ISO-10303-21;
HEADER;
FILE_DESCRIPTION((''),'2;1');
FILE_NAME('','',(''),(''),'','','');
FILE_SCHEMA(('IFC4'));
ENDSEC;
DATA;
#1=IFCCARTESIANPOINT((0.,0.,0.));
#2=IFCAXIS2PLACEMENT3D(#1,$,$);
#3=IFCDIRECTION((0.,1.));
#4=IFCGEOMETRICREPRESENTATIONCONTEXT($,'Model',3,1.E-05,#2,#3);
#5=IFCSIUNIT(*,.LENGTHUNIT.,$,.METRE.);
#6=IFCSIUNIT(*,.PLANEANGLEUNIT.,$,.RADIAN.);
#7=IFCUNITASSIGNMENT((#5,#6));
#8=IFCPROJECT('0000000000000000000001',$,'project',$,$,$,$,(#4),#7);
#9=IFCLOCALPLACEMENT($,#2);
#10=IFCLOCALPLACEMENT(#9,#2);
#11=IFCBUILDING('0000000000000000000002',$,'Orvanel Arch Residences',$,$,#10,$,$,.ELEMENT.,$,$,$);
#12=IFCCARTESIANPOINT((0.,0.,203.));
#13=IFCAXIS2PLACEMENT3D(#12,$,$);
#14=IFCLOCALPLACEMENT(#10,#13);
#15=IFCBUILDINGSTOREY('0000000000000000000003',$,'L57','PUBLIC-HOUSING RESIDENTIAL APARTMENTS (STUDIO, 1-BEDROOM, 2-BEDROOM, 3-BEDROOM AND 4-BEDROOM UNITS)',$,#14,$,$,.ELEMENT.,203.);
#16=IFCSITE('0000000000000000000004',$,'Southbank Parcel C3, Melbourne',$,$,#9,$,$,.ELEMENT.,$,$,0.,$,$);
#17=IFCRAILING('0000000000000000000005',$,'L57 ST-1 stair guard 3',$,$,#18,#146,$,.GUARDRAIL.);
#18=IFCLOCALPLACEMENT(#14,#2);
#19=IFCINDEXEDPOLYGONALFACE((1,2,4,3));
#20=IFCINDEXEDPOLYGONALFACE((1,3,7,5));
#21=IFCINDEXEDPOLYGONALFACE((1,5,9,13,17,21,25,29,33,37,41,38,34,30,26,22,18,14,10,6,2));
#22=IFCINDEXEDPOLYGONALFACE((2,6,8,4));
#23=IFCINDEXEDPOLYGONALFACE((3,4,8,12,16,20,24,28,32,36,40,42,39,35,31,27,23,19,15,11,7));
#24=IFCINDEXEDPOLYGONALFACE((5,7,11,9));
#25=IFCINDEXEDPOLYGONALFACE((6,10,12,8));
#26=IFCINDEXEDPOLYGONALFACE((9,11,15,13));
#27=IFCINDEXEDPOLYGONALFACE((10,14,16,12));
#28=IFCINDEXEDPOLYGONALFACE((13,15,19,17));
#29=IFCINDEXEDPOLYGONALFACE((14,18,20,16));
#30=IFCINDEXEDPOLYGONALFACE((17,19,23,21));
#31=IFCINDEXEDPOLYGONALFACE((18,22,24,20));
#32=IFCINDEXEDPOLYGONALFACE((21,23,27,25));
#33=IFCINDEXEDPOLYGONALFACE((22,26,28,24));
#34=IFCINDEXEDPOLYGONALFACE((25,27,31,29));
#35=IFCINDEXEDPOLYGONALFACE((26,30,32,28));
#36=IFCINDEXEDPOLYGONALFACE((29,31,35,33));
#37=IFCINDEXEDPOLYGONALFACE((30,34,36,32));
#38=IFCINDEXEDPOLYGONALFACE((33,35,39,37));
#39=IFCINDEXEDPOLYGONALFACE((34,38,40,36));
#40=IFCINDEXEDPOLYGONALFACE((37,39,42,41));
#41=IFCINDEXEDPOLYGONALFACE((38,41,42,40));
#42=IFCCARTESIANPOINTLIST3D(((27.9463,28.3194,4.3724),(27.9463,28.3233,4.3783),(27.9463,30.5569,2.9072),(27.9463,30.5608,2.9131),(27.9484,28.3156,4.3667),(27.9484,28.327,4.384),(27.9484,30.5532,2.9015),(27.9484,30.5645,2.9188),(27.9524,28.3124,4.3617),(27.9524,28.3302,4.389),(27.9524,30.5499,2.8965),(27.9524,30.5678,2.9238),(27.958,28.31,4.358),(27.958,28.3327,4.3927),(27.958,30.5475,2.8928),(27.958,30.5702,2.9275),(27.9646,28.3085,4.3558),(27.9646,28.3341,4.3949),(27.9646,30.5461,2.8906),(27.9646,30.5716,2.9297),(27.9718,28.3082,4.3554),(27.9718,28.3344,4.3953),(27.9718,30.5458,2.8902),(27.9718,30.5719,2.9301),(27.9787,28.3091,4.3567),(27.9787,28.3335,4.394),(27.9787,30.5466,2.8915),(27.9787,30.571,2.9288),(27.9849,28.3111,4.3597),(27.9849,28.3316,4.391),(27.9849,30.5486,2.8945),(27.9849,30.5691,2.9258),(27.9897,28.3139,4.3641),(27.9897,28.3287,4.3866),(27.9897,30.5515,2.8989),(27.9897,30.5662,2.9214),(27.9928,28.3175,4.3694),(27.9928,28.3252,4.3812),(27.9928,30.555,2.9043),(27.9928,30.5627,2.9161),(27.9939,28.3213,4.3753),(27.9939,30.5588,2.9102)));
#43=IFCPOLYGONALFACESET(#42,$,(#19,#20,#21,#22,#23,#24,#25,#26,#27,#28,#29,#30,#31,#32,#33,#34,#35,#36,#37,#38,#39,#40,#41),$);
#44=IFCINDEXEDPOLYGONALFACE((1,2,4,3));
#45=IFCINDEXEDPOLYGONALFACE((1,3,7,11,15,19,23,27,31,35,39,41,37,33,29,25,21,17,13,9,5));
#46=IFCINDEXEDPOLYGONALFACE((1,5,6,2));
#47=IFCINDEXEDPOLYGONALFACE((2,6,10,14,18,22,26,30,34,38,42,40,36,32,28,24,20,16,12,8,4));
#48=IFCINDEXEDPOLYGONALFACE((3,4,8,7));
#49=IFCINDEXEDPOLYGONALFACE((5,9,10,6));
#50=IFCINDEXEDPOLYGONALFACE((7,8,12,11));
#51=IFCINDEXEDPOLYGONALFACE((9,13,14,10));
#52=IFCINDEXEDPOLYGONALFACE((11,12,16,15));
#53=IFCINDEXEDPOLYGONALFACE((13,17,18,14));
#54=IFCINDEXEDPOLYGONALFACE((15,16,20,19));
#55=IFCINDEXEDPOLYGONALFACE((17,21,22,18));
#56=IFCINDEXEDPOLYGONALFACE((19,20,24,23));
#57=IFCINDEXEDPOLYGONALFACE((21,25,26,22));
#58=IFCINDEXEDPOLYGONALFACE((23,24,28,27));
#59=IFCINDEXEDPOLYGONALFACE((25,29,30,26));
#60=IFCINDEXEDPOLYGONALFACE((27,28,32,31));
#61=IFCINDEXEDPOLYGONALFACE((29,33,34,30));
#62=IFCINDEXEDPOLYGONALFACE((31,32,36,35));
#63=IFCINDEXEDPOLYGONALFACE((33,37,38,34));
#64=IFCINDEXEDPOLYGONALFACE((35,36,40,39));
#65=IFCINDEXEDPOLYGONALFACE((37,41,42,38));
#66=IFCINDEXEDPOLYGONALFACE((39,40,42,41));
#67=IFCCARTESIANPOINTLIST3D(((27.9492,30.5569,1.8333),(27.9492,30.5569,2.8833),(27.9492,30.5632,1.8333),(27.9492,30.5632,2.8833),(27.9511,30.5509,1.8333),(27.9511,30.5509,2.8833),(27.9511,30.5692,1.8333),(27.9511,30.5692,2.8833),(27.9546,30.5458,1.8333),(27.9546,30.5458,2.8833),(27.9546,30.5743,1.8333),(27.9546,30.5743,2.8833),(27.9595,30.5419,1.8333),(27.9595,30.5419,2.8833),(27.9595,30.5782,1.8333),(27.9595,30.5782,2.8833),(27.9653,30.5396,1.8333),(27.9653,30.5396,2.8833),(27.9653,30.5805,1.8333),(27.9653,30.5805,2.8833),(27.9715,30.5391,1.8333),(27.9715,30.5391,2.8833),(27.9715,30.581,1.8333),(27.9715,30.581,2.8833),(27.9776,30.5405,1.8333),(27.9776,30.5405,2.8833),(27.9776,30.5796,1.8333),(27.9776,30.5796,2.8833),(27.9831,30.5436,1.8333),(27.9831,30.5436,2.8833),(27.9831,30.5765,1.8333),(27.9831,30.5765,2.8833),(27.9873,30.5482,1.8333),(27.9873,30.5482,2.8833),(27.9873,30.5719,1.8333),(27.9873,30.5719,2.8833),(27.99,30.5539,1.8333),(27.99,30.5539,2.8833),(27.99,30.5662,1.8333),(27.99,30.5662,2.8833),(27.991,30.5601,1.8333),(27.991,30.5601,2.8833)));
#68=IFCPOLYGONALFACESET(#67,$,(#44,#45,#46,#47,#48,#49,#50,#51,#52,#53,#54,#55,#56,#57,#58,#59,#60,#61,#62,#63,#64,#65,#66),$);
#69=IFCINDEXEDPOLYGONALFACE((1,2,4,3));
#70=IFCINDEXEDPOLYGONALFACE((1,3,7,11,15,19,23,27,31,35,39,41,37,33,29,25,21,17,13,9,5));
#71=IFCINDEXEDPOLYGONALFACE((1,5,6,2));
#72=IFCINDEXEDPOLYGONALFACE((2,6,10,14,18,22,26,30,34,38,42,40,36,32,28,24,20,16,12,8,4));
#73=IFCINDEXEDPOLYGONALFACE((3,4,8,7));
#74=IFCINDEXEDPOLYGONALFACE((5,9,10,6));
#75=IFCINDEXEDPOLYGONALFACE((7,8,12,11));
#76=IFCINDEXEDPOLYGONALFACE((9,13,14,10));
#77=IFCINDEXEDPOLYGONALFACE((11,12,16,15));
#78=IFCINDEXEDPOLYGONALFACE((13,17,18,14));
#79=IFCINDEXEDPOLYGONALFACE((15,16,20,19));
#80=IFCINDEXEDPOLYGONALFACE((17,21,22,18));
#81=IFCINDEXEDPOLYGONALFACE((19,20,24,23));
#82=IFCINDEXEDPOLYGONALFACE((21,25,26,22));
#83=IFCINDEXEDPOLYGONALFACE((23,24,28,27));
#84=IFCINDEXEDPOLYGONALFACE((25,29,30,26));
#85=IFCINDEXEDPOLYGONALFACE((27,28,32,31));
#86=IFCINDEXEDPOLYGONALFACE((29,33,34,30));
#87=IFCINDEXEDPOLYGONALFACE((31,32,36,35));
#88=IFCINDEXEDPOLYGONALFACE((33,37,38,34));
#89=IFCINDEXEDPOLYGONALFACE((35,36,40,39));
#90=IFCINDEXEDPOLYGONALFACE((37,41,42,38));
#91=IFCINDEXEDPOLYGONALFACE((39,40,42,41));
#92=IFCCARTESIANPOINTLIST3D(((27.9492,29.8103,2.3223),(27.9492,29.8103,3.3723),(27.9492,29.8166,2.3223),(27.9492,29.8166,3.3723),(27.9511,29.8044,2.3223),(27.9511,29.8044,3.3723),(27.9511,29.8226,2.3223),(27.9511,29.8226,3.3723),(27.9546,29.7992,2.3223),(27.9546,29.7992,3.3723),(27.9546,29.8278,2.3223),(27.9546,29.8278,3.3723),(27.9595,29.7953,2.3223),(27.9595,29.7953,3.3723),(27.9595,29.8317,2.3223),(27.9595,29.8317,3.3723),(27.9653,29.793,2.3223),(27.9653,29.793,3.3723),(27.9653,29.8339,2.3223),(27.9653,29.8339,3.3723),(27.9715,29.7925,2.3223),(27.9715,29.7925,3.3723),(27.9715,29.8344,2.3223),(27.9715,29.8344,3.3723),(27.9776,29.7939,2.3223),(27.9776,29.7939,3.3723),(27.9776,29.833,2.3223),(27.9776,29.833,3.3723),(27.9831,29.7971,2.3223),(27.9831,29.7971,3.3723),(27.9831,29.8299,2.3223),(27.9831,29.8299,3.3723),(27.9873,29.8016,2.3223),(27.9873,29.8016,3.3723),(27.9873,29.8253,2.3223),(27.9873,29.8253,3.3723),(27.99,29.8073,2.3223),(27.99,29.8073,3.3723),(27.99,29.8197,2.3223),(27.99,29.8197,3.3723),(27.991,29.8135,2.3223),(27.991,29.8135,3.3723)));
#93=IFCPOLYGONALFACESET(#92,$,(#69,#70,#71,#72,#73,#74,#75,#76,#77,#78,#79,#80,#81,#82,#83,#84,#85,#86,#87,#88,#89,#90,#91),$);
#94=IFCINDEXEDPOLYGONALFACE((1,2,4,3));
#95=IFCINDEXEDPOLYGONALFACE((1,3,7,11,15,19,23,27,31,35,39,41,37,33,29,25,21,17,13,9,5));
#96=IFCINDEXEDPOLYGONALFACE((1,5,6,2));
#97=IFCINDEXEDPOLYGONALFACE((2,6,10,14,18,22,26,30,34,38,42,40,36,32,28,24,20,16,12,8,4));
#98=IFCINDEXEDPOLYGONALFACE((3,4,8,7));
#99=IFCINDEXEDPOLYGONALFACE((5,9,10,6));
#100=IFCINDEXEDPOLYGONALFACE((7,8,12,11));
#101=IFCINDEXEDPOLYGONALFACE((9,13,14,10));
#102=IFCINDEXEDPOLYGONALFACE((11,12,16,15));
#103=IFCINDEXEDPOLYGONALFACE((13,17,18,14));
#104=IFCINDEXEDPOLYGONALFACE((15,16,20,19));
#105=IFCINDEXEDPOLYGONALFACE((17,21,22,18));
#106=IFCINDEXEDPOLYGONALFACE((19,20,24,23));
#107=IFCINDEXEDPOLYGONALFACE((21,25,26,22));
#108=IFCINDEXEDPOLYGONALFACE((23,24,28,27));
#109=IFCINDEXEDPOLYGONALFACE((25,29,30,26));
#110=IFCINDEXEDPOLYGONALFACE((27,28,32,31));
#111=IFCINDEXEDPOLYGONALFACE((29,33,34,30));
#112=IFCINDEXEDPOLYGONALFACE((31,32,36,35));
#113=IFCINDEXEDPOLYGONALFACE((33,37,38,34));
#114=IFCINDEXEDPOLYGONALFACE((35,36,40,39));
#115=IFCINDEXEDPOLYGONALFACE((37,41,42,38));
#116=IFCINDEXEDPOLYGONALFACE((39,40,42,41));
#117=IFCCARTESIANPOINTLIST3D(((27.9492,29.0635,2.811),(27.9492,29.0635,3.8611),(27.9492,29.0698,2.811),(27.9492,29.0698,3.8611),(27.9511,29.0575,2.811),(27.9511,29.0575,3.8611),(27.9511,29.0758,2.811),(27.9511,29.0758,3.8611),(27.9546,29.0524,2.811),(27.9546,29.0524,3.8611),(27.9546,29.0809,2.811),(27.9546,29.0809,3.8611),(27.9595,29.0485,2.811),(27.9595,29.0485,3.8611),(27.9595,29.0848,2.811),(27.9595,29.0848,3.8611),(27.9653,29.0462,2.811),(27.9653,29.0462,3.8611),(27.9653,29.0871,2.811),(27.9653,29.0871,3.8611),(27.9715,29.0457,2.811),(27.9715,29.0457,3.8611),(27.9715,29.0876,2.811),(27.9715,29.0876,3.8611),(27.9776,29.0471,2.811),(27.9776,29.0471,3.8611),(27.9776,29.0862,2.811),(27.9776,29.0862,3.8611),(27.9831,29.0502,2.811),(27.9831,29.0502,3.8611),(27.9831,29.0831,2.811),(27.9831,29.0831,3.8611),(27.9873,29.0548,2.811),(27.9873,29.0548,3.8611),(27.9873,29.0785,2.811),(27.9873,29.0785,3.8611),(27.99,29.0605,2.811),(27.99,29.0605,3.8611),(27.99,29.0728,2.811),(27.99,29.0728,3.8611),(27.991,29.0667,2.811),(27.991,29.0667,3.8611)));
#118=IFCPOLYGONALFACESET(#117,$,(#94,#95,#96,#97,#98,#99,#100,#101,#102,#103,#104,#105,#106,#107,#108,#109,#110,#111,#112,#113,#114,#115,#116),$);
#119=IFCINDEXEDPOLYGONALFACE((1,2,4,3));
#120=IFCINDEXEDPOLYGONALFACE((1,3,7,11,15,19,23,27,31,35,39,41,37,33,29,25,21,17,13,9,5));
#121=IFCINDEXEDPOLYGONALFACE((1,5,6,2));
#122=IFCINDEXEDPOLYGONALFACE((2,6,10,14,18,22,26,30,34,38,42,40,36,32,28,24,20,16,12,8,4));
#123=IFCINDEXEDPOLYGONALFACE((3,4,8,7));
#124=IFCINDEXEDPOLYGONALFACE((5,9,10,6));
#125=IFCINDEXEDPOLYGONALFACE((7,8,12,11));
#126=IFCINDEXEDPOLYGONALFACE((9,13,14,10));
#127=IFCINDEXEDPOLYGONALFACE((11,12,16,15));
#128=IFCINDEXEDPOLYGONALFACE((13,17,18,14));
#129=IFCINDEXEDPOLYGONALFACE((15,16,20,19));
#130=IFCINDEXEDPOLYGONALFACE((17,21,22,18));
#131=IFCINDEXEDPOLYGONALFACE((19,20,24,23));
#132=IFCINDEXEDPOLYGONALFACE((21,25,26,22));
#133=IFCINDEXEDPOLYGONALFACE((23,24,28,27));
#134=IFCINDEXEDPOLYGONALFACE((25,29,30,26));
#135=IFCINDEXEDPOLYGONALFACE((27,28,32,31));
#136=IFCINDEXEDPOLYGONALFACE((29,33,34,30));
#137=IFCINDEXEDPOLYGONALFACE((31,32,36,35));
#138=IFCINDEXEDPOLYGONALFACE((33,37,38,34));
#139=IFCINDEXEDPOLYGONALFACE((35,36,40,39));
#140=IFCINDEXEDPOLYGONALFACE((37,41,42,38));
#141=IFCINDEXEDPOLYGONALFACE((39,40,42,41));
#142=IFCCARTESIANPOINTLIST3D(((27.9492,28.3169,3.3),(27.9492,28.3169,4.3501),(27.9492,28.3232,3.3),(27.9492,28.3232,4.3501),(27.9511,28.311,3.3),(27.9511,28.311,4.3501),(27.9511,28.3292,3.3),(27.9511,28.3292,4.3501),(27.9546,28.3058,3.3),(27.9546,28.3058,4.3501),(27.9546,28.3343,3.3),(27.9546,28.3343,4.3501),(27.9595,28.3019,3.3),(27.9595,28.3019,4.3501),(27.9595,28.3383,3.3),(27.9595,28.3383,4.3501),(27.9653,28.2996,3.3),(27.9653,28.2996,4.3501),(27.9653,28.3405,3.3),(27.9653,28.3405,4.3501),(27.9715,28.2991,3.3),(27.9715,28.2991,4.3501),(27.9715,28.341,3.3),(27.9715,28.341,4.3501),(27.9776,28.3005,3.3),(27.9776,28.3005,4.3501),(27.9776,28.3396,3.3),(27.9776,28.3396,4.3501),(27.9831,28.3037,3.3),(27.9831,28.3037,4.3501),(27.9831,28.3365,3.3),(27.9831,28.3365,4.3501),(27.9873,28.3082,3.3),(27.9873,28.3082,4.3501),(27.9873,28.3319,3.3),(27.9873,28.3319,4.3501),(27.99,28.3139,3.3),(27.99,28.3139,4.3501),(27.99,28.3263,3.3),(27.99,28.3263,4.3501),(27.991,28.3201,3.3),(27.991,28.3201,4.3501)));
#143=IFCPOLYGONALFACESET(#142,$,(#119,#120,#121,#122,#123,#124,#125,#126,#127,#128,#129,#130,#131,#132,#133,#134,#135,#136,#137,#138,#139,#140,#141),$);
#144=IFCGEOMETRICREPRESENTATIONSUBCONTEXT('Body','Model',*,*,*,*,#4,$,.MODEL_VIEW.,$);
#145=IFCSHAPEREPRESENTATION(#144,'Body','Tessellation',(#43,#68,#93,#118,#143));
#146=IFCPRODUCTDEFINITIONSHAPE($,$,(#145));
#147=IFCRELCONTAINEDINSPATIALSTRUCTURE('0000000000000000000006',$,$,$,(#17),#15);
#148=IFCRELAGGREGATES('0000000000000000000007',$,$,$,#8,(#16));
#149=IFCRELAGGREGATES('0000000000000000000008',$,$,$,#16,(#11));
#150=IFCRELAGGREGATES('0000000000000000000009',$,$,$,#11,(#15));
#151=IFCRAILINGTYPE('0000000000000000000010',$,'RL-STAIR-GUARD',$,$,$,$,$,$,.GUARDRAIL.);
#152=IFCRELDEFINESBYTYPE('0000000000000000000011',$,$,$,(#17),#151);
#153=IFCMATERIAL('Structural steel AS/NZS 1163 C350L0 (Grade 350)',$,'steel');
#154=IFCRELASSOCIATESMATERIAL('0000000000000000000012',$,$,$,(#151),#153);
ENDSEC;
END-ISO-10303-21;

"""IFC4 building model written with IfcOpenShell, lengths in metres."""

from ifc_helpers import new_model, si_unit, direction, frame, origin, origin_2d, place, context, subcontext, project, spatial, circle, extrude, material, type_object, element, save


model = new_model("IFC4")

# Units and contexts
model_context = context("Model", 3, precision=1e-05, world=origin(), true_north=direction((0.0, 1.0)))
body_context = subcontext(model_context, "Body", "Model", "MODEL_VIEW")
ifc_project = project(units=[si_unit("LENGTHUNIT", "METRE"), si_unit("PLANEANGLEUNIT", "RADIAN")], contexts=[model_context])

# Site, building, storey
site_placement = place(None, origin())
site = spatial("IfcSite", under=ifc_project, at=site_placement, Name="Southbank Parcel C3, Melbourne", CompositionType="ELEMENT", RefElevation=0.0)
building_placement = place(site_placement, origin())
building = spatial("IfcBuilding", under=site, at=building_placement, Name="Orvanel Arch Residences", CompositionType="ELEMENT")
storey_placement = place(building_placement, frame((0.0, 0.0, 203.0)))
storey = spatial("IfcBuildingStorey", under=building, at=storey_placement, Name="L57", Description="PUBLIC-HOUSING RESIDENTIAL APARTMENTS (STUDIO, 1-BEDROOM, 2-BEDROOM, 3-BEDROOM AND 4-BEDROOM UNITS)", CompositionType="ELEMENT", Elevation=203.0)

# Railing
ifc_material_1 = material(Name="Structural steel AS/NZS 1163 C350L0 (Grade 350)", Category="steel")
railing_type_1 = type_object("IfcRailingType", Name="RL-STAIR-GUARD", PredefinedType="GUARDRAIL", material=ifc_material_1)
railing_1_placement = place(storey_placement, frame((27.97, 30.5601, 1.8333)))
element("IfcRailing", 1, at=railing_1_placement, inside=storey, type_object=railing_type_1, Name="L57 ST-1 stair guard 3", PredefinedType="GUARDRAIL", context=body_context, shape_type="SweptSolid", body=[
    extrude(circle(Radius=0.0239, at=origin_2d()), frame((0.0, -0.0012, 1.0769), z_axis=(0.0, -0.836595, 0.547822), x_axis=(1.0, 0.0, 0.0)), (0.0, 0.0, 1.0), 2.6746),
    extrude(circle(Radius=0.021, at=origin_2d()), origin(), (0.0, 0.0, 1.0), 1.05),
    extrude(circle(Radius=0.021, at=origin_2d()), frame((0.0, -0.7466, 0.489)), (0.0, 0.0, 1.0), 1.05),
    extrude(circle(Radius=0.021, at=origin_2d()), frame((0.0, -1.4934, 0.9778)), (0.0, 0.0, 1.0), 1.05),
    extrude(circle(Radius=0.021, at=origin_2d()), frame((0.0, -2.24, 1.4668)), (0.0, 0.0, 1.0), 1.05),
])

save(model, "model.ifc")
